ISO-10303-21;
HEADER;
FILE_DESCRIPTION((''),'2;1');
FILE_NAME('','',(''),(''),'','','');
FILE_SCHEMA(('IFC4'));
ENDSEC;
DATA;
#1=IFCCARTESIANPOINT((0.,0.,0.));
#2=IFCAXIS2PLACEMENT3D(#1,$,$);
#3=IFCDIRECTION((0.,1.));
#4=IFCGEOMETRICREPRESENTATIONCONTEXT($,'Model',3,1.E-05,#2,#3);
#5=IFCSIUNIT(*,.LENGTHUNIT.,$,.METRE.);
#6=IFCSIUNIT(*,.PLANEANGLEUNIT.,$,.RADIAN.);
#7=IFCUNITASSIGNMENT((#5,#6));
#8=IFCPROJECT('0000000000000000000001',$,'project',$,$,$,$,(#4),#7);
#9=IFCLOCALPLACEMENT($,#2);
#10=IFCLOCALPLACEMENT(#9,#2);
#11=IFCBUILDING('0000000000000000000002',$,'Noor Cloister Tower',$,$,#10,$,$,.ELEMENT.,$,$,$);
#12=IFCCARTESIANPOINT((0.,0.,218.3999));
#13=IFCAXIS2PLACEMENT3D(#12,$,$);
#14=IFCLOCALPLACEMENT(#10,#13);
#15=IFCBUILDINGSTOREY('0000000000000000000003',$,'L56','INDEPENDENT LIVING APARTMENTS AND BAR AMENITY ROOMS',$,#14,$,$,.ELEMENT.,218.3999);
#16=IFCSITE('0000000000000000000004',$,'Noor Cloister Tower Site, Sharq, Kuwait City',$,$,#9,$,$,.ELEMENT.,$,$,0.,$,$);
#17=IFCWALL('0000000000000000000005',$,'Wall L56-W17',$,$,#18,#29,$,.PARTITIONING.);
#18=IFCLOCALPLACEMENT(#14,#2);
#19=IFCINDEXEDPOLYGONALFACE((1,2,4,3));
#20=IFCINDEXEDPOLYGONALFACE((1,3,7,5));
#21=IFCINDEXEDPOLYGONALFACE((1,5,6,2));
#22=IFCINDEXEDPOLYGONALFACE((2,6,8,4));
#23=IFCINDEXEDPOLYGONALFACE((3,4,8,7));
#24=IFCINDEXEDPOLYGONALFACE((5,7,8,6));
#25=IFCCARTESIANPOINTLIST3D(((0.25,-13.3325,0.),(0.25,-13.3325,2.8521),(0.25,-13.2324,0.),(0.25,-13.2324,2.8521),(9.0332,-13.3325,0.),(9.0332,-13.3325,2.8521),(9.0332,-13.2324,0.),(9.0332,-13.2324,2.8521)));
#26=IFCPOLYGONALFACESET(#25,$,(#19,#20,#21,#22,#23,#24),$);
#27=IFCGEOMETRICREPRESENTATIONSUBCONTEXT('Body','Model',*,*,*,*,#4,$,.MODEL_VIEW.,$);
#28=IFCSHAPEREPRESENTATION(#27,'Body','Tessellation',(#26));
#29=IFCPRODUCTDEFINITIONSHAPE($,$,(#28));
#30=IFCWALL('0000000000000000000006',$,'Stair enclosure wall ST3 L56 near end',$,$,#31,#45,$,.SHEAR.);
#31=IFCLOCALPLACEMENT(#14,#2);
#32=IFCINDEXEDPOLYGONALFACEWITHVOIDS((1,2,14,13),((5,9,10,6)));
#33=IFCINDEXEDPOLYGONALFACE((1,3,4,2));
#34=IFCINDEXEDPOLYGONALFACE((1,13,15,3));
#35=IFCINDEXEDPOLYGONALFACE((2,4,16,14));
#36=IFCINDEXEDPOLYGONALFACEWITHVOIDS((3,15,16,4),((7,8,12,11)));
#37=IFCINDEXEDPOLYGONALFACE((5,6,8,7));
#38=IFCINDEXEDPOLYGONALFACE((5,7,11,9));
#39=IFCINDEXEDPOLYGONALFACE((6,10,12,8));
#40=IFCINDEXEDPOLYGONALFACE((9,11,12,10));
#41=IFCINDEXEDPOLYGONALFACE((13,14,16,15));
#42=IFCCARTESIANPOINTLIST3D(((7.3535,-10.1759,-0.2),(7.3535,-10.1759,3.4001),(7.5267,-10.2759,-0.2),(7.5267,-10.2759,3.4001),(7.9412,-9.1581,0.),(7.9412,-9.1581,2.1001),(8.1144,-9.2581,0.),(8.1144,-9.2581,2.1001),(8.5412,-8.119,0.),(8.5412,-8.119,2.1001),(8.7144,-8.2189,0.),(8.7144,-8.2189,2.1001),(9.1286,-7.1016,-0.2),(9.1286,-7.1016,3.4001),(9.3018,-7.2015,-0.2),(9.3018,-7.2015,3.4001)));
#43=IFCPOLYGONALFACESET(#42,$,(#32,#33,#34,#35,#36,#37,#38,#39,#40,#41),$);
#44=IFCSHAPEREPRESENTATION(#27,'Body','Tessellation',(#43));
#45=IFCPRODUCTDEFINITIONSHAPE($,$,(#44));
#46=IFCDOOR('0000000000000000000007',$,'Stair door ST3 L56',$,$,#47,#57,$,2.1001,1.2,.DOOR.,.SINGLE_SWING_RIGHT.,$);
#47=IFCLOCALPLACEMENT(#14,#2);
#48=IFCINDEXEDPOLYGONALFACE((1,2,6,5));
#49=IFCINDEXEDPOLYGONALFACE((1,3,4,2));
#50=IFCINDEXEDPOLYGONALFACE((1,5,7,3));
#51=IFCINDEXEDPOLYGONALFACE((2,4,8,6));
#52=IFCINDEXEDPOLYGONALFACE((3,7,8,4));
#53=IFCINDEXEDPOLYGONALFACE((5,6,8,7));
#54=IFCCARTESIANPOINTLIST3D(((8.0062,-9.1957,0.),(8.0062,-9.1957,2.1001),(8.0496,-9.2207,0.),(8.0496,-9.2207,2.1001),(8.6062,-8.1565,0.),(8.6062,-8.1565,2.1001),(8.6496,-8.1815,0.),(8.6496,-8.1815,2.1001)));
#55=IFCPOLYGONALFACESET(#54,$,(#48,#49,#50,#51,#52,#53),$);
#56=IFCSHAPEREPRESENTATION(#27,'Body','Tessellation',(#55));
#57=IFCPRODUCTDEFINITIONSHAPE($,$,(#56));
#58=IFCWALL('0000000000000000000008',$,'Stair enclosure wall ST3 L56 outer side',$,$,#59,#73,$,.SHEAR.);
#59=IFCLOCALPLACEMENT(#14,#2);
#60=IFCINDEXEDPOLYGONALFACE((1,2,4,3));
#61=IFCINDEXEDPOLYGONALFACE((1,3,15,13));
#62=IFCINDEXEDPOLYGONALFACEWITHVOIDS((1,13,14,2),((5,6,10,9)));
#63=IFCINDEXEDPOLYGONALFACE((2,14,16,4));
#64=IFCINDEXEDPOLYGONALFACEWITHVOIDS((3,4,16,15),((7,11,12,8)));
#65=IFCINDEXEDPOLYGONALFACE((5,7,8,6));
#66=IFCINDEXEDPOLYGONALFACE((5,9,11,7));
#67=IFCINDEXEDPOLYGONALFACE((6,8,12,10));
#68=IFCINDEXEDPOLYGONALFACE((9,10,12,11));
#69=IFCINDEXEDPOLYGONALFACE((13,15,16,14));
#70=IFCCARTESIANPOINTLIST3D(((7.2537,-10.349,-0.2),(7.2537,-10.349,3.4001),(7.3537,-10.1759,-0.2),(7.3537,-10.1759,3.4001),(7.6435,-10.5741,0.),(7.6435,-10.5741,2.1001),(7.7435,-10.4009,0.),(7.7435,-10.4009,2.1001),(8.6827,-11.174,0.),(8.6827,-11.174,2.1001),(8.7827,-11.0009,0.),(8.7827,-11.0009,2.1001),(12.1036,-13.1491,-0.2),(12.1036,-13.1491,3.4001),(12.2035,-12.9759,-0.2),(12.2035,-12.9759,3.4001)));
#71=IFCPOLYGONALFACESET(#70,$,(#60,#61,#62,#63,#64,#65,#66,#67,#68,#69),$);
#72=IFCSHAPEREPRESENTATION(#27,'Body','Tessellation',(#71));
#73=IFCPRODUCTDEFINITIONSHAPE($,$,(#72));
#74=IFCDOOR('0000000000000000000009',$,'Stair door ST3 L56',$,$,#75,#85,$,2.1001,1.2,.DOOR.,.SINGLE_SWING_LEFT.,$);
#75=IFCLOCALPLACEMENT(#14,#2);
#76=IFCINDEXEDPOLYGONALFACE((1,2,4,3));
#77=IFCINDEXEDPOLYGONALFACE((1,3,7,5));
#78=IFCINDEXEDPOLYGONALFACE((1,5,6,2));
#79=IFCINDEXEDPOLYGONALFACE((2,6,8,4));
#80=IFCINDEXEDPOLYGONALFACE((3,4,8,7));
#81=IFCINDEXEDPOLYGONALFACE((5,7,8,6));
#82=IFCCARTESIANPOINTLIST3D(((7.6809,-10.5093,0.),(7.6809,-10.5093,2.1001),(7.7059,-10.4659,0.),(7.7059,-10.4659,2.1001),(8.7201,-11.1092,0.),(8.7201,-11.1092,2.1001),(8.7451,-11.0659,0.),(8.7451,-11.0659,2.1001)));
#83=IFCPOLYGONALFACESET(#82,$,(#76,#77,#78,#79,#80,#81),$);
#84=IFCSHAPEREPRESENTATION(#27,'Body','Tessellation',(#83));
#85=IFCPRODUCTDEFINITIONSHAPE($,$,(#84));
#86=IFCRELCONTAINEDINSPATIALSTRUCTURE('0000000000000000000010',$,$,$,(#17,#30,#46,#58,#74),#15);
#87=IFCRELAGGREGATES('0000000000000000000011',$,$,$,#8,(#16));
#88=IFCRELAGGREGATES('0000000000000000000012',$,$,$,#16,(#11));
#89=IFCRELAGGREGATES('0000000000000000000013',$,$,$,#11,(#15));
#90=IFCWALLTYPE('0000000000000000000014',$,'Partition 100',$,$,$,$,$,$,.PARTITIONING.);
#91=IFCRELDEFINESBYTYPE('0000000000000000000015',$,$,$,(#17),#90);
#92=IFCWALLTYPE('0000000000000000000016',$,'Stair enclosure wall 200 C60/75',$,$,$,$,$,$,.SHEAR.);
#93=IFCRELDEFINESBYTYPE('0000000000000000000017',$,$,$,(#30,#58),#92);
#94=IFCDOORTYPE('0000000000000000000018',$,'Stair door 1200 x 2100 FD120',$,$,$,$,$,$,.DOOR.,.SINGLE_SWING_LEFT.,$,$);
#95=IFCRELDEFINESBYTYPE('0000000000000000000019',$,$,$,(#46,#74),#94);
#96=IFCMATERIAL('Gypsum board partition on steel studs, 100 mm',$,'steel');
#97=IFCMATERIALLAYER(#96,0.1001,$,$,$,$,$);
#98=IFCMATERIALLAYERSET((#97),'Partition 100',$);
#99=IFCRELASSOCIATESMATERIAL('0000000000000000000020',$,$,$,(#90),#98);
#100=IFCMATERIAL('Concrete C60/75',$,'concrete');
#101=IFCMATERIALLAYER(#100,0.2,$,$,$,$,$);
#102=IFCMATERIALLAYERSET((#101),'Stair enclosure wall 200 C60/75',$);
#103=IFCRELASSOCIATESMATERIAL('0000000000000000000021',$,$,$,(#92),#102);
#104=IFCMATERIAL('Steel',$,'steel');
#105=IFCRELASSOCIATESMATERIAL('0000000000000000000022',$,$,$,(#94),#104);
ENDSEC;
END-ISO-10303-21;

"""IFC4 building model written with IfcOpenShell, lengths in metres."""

from ifc_helpers import new_model, si_unit, direction, frame, frame_2d, origin, place, context, subcontext, project, spatial, rectangle, extrude, material, layer, layer_set, type_object, element, fill, save


model = new_model("IFC4")

# Units and contexts
model_context = context("Model", 3, precision=1e-05, world=origin(), true_north=direction((0.0, 1.0)))
body_context = subcontext(model_context, "Body", "Model", "MODEL_VIEW")
ifc_project = project(units=[si_unit("LENGTHUNIT", "METRE"), si_unit("PLANEANGLEUNIT", "RADIAN")], contexts=[model_context])

# Site, building, storey
site_placement = place(None, origin())
site = spatial("IfcSite", under=ifc_project, at=site_placement, Name="Noor Cloister Tower Site, Sharq, Kuwait City", CompositionType="ELEMENT", RefElevation=0.0)
building_placement = place(site_placement, origin())
building = spatial("IfcBuilding", under=site, at=building_placement, Name="Noor Cloister Tower", CompositionType="ELEMENT")
storey_placement = place(building_placement, frame((0.0, 0.0, 218.3999)))
storey = spatial("IfcBuildingStorey", under=building, at=storey_placement, Name="L56", Description="INDEPENDENT LIVING APARTMENTS AND BAR AMENITY ROOMS", CompositionType="ELEMENT", Elevation=218.3999)

# Wall
ifc_material_1 = material(Name="Gypsum board partition on steel studs, 100 mm", Category="steel")
ifc_layer_1 = layer(ifc_material_1, 0.1001)
ifc_layer_set_1 = layer_set([ifc_layer_1], Name="Partition 100")
wall_type_1 = type_object("IfcWallType", Name="Partition 100", PredefinedType="PARTITIONING", material=ifc_layer_set_1)
wall_1_placement = place(storey_placement, frame((0.25, -13.2825, 0.0), z_axis=(0.0, 0.0, 1.0), x_axis=(1.0, 0.0, 0.0)))
element("IfcWall", 1, at=wall_1_placement, inside=storey, type_object=wall_type_1, Name="Wall L56-W17", PredefinedType="PARTITIONING", context=body_context, shape_type="SweptSolid", body=[
    extrude(rectangle(XDim=8.7832, YDim=0.1001, at=frame_2d((4.3916, 0.0))), origin(), (0.0, 0.0, 1.0), 2.8521),
])

# Walls, openings, doors
ifc_material_2 = material(Name="Concrete C60/75", Category="concrete")
ifc_layer_2 = layer(ifc_material_2, 0.2)
ifc_layer_set_2 = layer_set([ifc_layer_2], Name="Stair enclosure wall 200 C60/75")
wall_type_2 = type_object("IfcWallType", Name="Stair enclosure wall 200 C60/75", PredefinedType="SHEAR", material=ifc_layer_set_2)
wall_2_placement = place(storey_placement, frame((7.4402, -10.2258, -0.2), z_axis=(0.0, 0.0, 1.0), x_axis=(0.500022, 0.866013, 0.0)))
wall_2 = element("IfcWall", 2, at=wall_2_placement, inside=storey, type_object=wall_type_2, Name="Stair enclosure wall ST3 L56 near end", PredefinedType="SHEAR", context=body_context, shape_type="SweptSolid", body=[
    extrude(rectangle(XDim=3.55, YDim=0.2, at=frame_2d((1.7749, 0.0))), origin(), (0.0, 0.0, 1.0), 3.6001),
])
opening_1_placement = place(wall_2_placement, frame((1.175, 0.0, 0.2)))
opening_1 = element("IfcOpeningElement", 3, at=opening_1_placement, cuts=wall_2, PredefinedType="OPENING", context=body_context, shape_type="SweptSolid", body=[
    extrude(rectangle(XDim=1.2, YDim=2.1001, at=frame_2d((0.6001, 1.05))), frame((0.0, 0.1099, 0.0), z_axis=(0.0, -1.0, 0.0), x_axis=(1.0, 0.0, 0.0)), (0.0, 0.0, 1.0), 0.22),
])
ifc_material_3 = material(Name="Steel", Category="steel")
door_type = type_object("IfcDoorType", Name="Stair door 1200 x 2100 FD120", OperationType="SINGLE_SWING_LEFT", PredefinedType="DOOR", material=ifc_material_3)
door_1_placement = place(opening_1_placement, origin())
door_1 = element("IfcDoor", 4, at=door_1_placement, inside=storey, type_object=door_type, Name="Stair door ST3 L56", OperationType="SINGLE_SWING_RIGHT", OverallHeight=2.1001, OverallWidth=1.2, PredefinedType="DOOR", context=body_context, shape_type="SweptSolid", body=[
    extrude(rectangle(XDim=1.2, YDim=2.1001, at=frame_2d((0.6001, 1.05))), frame((0.0, 0.0249, 0.0), z_axis=(0.0, -1.0, 0.0), x_axis=(1.0, 0.0, 0.0)), (0.0, 0.0, 1.0), 0.05),
])
fill(opening_1, door_1)
wall_3_placement = place(storey_placement, frame((7.3037, -10.2625, -0.2), z_axis=(0.0, 0.0, 1.0), x_axis=(0.866027, -0.499998, 0.0)))
wall_3 = element("IfcWall", 5, at=wall_3_placement, inside=storey, type_object=wall_type_2, Name="Stair enclosure wall ST3 L56 outer side", PredefinedType="SHEAR", context=body_context, shape_type="SweptSolid", body=[
    extrude(rectangle(XDim=5.6001, YDim=0.2, at=frame_2d((2.8, 0.0))), origin(), (0.0, 0.0, 1.0), 3.6001),
])
opening_2_placement = place(wall_3_placement, frame((0.45, 0.0, 0.2)))
opening_2 = element("IfcOpeningElement", 6, at=opening_2_placement, cuts=wall_3, PredefinedType="OPENING", context=body_context, shape_type="SweptSolid", body=[
    extrude(rectangle(XDim=1.2, YDim=2.1001, at=frame_2d((0.6001, 1.05))), frame((0.0, 0.1099, 0.0), z_axis=(0.0, -1.0, 0.0), x_axis=(1.0, 0.0, 0.0)), (0.0, 0.0, 1.0), 0.22),
])
door_2_placement = place(opening_2_placement, origin())
door_2 = element("IfcDoor", 7, at=door_2_placement, inside=storey, type_object=door_type, Name="Stair door ST3 L56", OperationType="SINGLE_SWING_LEFT", OverallHeight=2.1001, OverallWidth=1.2, PredefinedType="DOOR", context=body_context, shape_type="SweptSolid", body=[
    extrude(rectangle(XDim=1.2, YDim=2.1001, at=frame_2d((0.6001, 1.05))), frame((0.0, 0.0249, 0.0), z_axis=(0.0, -1.0, 0.0), x_axis=(1.0, 0.0, 0.0)), (0.0, 0.0, 1.0), 0.05),
])
fill(opening_2, door_2)

save(model, "model.ifc")
